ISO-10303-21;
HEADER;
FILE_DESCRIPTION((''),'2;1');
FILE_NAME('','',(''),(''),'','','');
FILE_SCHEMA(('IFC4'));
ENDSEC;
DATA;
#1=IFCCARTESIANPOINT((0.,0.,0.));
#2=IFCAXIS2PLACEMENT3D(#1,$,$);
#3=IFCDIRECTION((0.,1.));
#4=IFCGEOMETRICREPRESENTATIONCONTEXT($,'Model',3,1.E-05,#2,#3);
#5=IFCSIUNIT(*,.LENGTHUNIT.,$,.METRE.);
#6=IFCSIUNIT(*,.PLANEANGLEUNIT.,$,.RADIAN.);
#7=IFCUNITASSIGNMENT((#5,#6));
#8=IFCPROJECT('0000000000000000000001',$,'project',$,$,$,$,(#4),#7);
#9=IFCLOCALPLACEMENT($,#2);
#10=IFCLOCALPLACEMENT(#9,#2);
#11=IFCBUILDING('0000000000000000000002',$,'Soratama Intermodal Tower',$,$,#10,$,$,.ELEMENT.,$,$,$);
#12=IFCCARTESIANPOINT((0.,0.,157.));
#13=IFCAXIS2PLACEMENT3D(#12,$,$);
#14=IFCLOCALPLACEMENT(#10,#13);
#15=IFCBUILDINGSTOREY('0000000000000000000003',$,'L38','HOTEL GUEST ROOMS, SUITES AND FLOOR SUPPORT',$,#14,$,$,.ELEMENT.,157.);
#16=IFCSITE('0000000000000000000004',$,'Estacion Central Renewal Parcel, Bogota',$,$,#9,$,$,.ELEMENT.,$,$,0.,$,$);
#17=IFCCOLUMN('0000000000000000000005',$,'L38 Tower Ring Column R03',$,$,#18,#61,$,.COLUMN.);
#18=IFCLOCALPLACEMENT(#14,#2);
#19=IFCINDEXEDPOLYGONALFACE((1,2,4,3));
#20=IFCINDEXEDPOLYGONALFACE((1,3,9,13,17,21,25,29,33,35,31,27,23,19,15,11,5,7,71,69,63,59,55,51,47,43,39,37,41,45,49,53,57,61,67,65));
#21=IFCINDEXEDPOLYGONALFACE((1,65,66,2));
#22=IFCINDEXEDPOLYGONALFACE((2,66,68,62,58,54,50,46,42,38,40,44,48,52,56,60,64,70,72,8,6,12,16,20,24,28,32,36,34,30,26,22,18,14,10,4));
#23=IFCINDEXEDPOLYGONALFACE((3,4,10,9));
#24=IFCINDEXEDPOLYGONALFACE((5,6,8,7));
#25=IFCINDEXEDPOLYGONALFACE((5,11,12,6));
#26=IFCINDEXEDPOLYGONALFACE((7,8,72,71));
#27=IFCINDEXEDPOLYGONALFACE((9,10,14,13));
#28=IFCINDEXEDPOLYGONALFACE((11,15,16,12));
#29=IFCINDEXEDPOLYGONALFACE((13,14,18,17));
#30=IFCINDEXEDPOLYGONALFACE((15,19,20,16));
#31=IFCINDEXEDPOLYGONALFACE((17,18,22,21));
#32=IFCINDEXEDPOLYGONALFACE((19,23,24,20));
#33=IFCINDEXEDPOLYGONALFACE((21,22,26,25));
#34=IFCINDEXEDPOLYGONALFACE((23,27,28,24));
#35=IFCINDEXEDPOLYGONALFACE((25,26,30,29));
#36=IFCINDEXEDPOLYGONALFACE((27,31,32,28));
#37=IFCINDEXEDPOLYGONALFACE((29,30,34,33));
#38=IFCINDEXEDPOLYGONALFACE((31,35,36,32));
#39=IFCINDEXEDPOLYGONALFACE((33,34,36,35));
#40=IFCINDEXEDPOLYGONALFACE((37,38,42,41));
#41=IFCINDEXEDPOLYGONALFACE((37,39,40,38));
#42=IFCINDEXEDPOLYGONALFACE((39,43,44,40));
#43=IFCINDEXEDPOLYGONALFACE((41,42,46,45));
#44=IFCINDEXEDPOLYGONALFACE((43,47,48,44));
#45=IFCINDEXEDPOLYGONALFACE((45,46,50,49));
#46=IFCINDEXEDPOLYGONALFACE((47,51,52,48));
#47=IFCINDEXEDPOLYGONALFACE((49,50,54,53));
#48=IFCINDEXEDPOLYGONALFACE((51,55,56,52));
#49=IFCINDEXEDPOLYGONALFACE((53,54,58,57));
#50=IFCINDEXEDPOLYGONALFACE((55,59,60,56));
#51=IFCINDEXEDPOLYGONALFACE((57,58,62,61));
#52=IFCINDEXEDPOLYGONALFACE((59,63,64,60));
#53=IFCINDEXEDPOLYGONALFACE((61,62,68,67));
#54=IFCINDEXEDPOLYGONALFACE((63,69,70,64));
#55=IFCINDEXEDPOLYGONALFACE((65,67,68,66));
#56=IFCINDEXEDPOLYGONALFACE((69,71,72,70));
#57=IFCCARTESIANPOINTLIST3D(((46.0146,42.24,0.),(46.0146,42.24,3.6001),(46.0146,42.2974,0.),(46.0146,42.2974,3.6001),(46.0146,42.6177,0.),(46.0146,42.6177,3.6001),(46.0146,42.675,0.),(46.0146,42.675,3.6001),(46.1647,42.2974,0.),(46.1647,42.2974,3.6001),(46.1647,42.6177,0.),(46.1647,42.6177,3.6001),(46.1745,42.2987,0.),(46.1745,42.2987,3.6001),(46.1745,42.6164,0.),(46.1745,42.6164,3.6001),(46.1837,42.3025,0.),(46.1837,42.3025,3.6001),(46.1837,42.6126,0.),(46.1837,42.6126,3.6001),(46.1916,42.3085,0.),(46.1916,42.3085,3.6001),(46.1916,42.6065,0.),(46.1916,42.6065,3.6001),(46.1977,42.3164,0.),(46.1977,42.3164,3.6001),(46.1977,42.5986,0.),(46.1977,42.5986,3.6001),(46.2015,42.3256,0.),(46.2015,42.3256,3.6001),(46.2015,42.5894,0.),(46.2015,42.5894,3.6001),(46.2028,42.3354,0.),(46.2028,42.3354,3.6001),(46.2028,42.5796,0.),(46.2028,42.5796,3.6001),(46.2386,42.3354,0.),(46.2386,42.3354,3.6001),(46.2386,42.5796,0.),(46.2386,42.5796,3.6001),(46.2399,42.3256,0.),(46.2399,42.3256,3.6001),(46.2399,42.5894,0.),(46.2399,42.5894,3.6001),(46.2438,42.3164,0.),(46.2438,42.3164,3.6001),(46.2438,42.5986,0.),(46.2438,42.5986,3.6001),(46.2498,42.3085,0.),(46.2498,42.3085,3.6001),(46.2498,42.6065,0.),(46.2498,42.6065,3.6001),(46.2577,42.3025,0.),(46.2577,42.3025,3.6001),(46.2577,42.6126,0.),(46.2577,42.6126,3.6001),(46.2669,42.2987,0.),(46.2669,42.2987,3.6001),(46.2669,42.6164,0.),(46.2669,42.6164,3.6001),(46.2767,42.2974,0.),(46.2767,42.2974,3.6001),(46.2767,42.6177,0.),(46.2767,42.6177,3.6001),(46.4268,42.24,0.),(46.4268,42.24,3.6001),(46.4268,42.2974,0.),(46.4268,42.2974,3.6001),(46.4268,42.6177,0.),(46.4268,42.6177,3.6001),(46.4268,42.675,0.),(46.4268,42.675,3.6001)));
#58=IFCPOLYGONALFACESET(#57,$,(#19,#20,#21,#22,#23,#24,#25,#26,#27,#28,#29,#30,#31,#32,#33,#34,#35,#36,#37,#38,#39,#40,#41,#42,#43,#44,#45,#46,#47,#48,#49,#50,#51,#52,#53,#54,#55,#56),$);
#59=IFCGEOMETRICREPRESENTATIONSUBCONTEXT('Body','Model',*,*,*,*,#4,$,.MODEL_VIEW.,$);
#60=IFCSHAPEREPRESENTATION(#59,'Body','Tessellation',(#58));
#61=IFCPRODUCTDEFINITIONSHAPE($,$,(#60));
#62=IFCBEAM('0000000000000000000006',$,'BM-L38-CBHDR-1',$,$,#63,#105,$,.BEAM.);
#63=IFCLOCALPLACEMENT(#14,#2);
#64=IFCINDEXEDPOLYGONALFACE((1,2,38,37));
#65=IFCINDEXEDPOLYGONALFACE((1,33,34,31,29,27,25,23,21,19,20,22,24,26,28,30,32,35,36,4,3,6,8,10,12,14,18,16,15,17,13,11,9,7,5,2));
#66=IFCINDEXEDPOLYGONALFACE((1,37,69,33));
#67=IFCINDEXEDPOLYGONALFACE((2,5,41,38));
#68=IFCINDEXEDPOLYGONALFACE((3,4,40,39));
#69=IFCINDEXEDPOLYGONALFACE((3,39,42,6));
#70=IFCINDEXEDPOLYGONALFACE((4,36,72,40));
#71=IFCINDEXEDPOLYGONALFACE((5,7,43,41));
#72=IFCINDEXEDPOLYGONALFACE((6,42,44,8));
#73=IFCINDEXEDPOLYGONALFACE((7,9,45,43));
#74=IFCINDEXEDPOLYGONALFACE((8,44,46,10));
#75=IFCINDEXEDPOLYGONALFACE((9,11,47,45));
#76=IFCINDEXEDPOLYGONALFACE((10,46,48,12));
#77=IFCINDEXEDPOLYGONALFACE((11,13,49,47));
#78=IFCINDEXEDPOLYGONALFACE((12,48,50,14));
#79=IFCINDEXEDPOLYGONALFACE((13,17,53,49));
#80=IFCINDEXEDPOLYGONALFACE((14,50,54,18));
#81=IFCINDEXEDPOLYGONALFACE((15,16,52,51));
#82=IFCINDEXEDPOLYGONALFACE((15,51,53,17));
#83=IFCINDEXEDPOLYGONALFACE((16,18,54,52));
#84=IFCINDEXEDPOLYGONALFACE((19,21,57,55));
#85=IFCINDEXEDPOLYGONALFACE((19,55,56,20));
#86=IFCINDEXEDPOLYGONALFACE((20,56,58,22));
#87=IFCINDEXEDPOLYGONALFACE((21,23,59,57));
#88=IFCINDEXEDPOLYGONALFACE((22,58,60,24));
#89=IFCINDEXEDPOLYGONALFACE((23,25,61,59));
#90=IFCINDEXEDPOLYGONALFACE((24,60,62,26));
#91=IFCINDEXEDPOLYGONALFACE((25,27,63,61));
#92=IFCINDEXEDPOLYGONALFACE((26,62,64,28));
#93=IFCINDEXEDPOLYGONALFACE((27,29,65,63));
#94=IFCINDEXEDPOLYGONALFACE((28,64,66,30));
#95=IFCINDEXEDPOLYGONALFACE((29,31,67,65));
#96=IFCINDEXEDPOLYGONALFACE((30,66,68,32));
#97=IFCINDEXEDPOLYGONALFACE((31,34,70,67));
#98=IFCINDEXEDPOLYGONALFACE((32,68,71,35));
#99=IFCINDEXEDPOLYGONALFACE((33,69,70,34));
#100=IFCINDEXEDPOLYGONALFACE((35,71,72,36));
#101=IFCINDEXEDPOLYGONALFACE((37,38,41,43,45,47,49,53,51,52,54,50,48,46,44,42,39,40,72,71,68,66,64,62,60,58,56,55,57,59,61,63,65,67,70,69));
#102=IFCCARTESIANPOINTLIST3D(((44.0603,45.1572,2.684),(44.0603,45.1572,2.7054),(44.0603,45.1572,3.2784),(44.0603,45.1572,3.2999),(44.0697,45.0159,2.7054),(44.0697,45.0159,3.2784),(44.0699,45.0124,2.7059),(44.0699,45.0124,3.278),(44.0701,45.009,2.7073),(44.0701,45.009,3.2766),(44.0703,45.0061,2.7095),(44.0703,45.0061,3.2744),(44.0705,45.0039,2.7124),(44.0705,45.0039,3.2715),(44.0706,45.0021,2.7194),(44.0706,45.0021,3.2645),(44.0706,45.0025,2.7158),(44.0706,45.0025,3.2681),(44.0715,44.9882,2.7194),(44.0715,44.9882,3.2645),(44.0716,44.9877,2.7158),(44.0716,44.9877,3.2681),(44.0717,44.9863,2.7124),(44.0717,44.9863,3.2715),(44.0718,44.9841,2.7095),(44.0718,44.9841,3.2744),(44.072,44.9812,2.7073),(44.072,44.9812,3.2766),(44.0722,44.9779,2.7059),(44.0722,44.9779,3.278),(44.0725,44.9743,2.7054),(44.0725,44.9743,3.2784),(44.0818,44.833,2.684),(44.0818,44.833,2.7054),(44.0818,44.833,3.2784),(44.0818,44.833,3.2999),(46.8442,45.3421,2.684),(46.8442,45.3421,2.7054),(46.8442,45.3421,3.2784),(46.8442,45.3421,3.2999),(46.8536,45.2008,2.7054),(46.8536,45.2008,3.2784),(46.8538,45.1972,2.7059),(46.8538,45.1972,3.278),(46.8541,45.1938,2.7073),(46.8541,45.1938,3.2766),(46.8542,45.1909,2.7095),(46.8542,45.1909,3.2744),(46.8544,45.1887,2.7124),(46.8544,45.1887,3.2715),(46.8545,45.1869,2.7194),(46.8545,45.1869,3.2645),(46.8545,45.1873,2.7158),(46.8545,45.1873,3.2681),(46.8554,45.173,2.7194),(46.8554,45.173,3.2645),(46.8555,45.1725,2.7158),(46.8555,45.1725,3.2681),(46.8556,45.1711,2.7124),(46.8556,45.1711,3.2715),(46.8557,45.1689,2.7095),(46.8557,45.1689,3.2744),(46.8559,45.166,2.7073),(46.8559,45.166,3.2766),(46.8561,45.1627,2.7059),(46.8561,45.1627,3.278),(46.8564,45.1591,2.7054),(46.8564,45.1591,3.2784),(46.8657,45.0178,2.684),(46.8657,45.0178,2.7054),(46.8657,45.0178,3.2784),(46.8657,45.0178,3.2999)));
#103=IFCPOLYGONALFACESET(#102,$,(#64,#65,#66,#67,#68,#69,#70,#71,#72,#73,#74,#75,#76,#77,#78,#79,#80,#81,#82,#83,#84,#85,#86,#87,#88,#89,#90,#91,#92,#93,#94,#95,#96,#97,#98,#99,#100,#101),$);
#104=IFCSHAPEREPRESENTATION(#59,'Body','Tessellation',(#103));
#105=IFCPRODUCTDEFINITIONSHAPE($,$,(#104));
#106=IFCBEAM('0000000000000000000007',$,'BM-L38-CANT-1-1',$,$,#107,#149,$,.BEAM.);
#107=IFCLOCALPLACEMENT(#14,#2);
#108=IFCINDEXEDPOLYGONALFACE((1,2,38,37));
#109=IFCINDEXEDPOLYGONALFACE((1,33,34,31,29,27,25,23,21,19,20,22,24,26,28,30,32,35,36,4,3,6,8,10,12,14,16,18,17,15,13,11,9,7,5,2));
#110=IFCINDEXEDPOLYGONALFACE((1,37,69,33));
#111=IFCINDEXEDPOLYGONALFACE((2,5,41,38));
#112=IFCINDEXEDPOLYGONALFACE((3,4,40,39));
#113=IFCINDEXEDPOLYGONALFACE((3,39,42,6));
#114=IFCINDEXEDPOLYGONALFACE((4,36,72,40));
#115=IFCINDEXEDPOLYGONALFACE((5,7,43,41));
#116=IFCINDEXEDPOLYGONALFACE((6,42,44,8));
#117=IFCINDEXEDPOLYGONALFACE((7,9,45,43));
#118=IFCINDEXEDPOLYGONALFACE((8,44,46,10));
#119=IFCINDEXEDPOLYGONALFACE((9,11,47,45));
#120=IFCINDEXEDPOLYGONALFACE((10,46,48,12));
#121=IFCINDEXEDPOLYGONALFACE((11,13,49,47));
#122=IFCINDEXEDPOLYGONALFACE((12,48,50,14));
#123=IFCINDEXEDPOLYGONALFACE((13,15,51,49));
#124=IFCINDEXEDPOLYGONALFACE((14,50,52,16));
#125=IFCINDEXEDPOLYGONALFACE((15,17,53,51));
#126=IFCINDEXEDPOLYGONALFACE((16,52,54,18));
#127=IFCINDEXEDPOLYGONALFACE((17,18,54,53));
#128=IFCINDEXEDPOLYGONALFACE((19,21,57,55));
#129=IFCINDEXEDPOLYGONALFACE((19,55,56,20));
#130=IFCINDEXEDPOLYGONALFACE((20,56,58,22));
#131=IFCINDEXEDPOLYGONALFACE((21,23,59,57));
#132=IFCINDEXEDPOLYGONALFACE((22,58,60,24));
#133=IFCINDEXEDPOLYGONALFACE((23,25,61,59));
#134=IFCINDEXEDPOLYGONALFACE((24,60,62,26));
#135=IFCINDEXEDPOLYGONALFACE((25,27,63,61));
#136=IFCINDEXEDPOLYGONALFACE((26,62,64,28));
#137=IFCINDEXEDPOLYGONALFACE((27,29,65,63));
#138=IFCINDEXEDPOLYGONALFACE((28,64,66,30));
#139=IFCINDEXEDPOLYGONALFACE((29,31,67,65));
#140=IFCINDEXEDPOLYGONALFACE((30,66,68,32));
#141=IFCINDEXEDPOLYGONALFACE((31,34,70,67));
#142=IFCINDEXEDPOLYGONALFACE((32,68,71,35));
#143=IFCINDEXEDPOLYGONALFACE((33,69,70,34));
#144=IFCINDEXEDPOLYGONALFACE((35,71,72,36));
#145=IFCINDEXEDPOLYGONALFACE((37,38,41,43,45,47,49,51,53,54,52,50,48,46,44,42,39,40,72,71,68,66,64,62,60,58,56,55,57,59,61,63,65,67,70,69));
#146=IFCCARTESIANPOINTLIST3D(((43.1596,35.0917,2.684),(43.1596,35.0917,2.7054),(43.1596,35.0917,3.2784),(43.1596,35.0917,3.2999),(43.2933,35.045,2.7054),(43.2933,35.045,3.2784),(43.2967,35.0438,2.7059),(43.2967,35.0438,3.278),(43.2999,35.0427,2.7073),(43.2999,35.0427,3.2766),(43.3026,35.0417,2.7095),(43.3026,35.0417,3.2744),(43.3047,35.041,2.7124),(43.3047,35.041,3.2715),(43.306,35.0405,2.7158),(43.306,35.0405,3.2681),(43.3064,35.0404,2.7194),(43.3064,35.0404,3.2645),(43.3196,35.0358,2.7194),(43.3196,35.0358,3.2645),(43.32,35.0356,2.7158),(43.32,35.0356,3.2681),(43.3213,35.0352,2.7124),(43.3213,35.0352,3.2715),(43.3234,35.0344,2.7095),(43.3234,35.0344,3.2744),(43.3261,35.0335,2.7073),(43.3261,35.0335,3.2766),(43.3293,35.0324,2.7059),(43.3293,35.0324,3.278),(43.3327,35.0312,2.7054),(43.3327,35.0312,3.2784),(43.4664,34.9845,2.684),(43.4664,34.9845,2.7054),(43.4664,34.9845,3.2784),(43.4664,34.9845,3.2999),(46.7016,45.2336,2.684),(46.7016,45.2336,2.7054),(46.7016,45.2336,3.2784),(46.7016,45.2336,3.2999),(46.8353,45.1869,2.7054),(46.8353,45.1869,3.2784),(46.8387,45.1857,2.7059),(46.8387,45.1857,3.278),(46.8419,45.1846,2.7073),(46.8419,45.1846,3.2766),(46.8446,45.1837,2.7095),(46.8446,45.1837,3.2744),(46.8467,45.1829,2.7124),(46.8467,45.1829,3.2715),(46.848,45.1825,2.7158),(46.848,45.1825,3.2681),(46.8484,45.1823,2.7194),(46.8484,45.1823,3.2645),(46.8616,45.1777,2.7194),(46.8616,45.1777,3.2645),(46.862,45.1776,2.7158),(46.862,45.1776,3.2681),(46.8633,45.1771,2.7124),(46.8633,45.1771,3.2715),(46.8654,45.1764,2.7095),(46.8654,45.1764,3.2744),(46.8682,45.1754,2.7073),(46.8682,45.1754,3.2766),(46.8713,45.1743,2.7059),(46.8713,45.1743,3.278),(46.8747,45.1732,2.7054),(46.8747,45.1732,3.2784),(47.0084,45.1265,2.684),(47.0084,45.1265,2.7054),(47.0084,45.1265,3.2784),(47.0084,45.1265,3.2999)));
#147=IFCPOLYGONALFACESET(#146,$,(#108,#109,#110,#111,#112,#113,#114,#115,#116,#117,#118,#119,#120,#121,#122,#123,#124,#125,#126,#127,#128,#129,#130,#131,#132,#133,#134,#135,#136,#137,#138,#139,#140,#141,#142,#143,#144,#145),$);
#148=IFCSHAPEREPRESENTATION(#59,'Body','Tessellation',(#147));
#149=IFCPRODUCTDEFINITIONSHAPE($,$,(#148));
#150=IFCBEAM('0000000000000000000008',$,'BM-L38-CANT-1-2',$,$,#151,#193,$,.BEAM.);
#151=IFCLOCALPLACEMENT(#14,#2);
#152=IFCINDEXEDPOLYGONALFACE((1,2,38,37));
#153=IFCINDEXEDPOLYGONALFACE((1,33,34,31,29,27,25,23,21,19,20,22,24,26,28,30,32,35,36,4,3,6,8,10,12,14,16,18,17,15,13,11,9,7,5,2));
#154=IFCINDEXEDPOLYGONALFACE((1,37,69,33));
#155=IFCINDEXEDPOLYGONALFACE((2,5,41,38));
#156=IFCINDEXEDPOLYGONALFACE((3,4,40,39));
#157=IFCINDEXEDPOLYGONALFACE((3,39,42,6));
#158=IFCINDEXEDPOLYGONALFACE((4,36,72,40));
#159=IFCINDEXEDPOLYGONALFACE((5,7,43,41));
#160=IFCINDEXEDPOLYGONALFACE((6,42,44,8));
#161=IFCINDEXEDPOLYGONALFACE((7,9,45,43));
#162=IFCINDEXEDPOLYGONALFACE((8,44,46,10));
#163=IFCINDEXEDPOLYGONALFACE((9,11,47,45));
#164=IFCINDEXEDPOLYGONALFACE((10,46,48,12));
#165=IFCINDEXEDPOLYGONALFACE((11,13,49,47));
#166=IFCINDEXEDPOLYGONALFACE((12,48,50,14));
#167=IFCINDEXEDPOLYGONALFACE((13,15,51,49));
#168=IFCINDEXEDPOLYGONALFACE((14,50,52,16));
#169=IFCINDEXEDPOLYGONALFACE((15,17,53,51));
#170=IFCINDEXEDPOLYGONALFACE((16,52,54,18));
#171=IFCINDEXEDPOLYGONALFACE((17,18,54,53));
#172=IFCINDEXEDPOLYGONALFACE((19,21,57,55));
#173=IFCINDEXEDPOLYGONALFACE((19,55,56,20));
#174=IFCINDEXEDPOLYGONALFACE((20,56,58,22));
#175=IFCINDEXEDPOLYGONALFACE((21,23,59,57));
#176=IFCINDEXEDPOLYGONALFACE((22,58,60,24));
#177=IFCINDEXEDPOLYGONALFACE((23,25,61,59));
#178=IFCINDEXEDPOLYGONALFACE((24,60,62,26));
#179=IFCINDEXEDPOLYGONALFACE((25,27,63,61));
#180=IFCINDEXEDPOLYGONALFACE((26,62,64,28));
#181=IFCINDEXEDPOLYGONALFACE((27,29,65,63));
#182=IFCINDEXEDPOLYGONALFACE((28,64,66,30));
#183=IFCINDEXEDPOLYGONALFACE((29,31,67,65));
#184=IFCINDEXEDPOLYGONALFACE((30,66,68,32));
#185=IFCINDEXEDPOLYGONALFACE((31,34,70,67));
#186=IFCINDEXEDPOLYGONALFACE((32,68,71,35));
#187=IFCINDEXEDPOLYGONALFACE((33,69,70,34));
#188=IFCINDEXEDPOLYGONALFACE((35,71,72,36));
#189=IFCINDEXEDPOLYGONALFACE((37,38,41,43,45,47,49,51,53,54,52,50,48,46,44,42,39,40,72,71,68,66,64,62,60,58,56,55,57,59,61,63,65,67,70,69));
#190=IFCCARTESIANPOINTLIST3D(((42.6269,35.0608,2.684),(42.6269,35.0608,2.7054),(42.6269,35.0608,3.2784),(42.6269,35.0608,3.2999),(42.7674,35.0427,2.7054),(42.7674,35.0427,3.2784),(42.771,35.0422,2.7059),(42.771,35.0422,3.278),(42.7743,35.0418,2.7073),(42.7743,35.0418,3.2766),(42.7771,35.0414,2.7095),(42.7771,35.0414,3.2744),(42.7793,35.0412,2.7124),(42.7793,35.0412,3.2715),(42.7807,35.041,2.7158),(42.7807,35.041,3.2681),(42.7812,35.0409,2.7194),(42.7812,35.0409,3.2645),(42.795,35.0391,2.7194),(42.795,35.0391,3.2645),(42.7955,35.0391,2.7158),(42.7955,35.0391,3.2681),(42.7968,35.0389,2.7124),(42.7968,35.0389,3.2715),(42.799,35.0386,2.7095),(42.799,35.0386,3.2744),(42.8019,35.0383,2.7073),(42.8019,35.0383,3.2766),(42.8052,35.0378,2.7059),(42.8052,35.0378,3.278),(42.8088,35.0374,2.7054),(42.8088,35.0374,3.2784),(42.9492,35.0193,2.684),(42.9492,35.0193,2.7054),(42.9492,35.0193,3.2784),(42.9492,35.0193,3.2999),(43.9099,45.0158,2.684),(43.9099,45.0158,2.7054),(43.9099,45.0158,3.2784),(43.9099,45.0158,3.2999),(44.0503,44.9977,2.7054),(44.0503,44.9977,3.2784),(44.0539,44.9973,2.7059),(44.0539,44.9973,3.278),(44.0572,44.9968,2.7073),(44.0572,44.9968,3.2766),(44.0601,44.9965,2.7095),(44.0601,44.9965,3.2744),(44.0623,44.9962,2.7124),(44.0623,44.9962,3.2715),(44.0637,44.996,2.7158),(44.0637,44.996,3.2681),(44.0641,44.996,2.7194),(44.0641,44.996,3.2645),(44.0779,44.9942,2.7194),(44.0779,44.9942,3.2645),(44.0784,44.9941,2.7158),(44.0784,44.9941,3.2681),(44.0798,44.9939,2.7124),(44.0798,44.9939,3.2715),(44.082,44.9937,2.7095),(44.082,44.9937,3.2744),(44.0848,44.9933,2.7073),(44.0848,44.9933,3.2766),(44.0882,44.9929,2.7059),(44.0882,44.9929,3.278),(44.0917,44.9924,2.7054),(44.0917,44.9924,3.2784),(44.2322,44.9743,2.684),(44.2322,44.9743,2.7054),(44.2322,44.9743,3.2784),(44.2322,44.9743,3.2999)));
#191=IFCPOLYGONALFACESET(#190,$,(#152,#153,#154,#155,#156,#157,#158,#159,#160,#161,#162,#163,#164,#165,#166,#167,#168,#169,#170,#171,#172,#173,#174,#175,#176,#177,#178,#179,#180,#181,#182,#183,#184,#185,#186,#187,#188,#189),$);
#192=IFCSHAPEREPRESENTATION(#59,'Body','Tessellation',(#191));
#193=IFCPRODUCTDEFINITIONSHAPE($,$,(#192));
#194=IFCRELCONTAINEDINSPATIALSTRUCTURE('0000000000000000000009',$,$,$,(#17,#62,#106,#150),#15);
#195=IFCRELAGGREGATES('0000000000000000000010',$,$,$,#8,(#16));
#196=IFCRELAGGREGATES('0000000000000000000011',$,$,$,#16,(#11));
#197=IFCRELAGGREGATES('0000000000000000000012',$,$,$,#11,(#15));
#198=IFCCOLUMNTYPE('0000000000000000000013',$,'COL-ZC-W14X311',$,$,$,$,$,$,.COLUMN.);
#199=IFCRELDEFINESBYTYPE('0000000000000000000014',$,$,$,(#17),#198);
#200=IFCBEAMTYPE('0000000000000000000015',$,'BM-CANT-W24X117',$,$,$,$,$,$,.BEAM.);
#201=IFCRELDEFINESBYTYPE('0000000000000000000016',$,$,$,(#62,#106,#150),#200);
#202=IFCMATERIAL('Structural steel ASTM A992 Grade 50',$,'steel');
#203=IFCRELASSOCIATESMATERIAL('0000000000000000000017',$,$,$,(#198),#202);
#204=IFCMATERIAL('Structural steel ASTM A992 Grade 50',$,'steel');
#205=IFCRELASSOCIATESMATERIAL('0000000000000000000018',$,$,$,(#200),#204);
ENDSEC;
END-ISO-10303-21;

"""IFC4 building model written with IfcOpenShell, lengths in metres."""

from ifc_helpers import new_model, si_unit, direction, frame, origin, origin_2d, place, context, subcontext, project, spatial, i_section, extrude, material, material_profile, profile_set, type_object, element, save


model = new_model("IFC4")

# Units and contexts
model_context = context("Model", 3, precision=1e-05, world=origin(), true_north=direction((0.0, 1.0)))
body_context = subcontext(model_context, "Body", "Model", "MODEL_VIEW")
ifc_project = project(units=[si_unit("LENGTHUNIT", "METRE"), si_unit("PLANEANGLEUNIT", "RADIAN")], contexts=[model_context])

# Site, building, storey
site_placement = place(None, origin())
site = spatial("IfcSite", under=ifc_project, at=site_placement, Name="Estacion Central Renewal Parcel, Bogota", CompositionType="ELEMENT", RefElevation=0.0)
building_placement = place(site_placement, origin())
building = spatial("IfcBuilding", under=site, at=building_placement, Name="Soratama Intermodal Tower", CompositionType="ELEMENT")
storey_placement = place(building_placement, frame((0.0, 0.0, 157.0)))
storey = spatial("IfcBuildingStorey", under=building, at=storey_placement, Name="L38", Description="HOTEL GUEST ROOMS, SUITES AND FLOOR SUPPORT", CompositionType="ELEMENT", Elevation=157.0)

# Column
ifc_material_1 = material(Name="Structural steel ASTM A992 Grade 50", Category="steel")
ifc_material_profile_1 = material_profile(ifc_material_1, i_section(OverallWidth=0.4121, OverallDepth=0.4351, WebThickness=0.0359, FlangeThickness=0.0574, FilletRadius=0.0381, at=origin_2d()), Name="W14X311")
ifc_profile_set_1 = profile_set([ifc_material_profile_1], Name="Structural steel ASTM A992 Grade 50")
column_type = type_object("IfcColumnType", Name="COL-ZC-W14X311", PredefinedType="COLUMN", material=ifc_profile_set_1)
column_placement = place(storey_placement, frame((46.2207, 42.4575, 0.0), z_axis=(0.0, 0.0, 1.0), x_axis=(1.0, 0.0, 0.0)))
element("IfcColumn", 1, at=column_placement, inside=storey, type_object=column_type, Name="L38 Tower Ring Column R03", PredefinedType="COLUMN", context=body_context, shape_type="SweptSolid", body=[
    extrude(i_section(OverallWidth=0.4121, OverallDepth=0.4351, WebThickness=0.0359, FlangeThickness=0.0574, FilletRadius=0.0381, at=origin_2d()), origin(), (0.0, 0.0, 1.0), 3.6001),
])

# Beams
ifc_material_2 = material(Name="Structural steel ASTM A992 Grade 50", Category="steel")
ifc_material_profile_2 = material_profile(ifc_material_2, i_section(OverallWidth=0.325, OverallDepth=0.616, WebThickness=0.0139, FlangeThickness=0.0215, FilletRadius=0.0139, at=origin_2d()), Name="W24X117")
ifc_profile_set_2 = profile_set([ifc_material_profile_2], Name="Structural steel ASTM A992 Grade 50")
beam_type_1 = type_object("IfcBeamType", Name="BM-CANT-W24X117", PredefinedType="BEAM", material=ifc_profile_set_2)
beam_1_placement = place(storey_placement, frame((46.855, 45.1799, 2.9919), z_axis=(-0.997804, -0.06624, 0.0), x_axis=(0.06624, -0.997804, 0.0)))
element("IfcBeam", 2, at=beam_1_placement, inside=storey, type_object=beam_type_1, Name="BM-L38-CBHDR-1", PredefinedType="BEAM", context=body_context, shape_type="SweptSolid", body=[
    extrude(i_section(OverallWidth=0.325, OverallDepth=0.616, WebThickness=0.0139, FlangeThickness=0.0215, FilletRadius=0.0139, at=origin_2d()), origin(), (0.0, 0.0, 1.0), 2.79),
])
beam_2_placement = place(storey_placement, frame((43.313, 35.0381, 2.9919), z_axis=(0.329716, 0.94408, 0.0), x_axis=(-0.94408, 0.329716, 0.0)))
element("IfcBeam", 3, at=beam_2_placement, inside=storey, type_object=beam_type_1, Name="BM-L38-CANT-1-1", PredefinedType="BEAM", context=body_context, shape_type="SweptSolid", body=[
    extrude(i_section(OverallWidth=0.325, OverallDepth=0.616, WebThickness=0.0139, FlangeThickness=0.0215, FilletRadius=0.0139, at=origin_2d()), origin(), (0.0, 0.0, 1.0), 10.7427),
])
beam_3_placement = place(storey_placement, frame((42.7881, 35.04, 2.9919), z_axis=(0.127818, 0.991798, 0.0), x_axis=(-0.991798, 0.127818, 0.0)))
element("IfcBeam", 4, at=beam_3_placement, inside=storey, type_object=beam_type_1, Name="BM-L38-CANT-1-2", PredefinedType="BEAM", context=body_context, shape_type="SweptSolid", body=[
    extrude(i_section(OverallWidth=0.325, OverallDepth=0.616, WebThickness=0.0139, FlangeThickness=0.0215, FilletRadius=0.0139, at=origin_2d()), origin(), (0.0, 0.0, 1.0), 10.0374),
])

save(model, "model.ifc")
